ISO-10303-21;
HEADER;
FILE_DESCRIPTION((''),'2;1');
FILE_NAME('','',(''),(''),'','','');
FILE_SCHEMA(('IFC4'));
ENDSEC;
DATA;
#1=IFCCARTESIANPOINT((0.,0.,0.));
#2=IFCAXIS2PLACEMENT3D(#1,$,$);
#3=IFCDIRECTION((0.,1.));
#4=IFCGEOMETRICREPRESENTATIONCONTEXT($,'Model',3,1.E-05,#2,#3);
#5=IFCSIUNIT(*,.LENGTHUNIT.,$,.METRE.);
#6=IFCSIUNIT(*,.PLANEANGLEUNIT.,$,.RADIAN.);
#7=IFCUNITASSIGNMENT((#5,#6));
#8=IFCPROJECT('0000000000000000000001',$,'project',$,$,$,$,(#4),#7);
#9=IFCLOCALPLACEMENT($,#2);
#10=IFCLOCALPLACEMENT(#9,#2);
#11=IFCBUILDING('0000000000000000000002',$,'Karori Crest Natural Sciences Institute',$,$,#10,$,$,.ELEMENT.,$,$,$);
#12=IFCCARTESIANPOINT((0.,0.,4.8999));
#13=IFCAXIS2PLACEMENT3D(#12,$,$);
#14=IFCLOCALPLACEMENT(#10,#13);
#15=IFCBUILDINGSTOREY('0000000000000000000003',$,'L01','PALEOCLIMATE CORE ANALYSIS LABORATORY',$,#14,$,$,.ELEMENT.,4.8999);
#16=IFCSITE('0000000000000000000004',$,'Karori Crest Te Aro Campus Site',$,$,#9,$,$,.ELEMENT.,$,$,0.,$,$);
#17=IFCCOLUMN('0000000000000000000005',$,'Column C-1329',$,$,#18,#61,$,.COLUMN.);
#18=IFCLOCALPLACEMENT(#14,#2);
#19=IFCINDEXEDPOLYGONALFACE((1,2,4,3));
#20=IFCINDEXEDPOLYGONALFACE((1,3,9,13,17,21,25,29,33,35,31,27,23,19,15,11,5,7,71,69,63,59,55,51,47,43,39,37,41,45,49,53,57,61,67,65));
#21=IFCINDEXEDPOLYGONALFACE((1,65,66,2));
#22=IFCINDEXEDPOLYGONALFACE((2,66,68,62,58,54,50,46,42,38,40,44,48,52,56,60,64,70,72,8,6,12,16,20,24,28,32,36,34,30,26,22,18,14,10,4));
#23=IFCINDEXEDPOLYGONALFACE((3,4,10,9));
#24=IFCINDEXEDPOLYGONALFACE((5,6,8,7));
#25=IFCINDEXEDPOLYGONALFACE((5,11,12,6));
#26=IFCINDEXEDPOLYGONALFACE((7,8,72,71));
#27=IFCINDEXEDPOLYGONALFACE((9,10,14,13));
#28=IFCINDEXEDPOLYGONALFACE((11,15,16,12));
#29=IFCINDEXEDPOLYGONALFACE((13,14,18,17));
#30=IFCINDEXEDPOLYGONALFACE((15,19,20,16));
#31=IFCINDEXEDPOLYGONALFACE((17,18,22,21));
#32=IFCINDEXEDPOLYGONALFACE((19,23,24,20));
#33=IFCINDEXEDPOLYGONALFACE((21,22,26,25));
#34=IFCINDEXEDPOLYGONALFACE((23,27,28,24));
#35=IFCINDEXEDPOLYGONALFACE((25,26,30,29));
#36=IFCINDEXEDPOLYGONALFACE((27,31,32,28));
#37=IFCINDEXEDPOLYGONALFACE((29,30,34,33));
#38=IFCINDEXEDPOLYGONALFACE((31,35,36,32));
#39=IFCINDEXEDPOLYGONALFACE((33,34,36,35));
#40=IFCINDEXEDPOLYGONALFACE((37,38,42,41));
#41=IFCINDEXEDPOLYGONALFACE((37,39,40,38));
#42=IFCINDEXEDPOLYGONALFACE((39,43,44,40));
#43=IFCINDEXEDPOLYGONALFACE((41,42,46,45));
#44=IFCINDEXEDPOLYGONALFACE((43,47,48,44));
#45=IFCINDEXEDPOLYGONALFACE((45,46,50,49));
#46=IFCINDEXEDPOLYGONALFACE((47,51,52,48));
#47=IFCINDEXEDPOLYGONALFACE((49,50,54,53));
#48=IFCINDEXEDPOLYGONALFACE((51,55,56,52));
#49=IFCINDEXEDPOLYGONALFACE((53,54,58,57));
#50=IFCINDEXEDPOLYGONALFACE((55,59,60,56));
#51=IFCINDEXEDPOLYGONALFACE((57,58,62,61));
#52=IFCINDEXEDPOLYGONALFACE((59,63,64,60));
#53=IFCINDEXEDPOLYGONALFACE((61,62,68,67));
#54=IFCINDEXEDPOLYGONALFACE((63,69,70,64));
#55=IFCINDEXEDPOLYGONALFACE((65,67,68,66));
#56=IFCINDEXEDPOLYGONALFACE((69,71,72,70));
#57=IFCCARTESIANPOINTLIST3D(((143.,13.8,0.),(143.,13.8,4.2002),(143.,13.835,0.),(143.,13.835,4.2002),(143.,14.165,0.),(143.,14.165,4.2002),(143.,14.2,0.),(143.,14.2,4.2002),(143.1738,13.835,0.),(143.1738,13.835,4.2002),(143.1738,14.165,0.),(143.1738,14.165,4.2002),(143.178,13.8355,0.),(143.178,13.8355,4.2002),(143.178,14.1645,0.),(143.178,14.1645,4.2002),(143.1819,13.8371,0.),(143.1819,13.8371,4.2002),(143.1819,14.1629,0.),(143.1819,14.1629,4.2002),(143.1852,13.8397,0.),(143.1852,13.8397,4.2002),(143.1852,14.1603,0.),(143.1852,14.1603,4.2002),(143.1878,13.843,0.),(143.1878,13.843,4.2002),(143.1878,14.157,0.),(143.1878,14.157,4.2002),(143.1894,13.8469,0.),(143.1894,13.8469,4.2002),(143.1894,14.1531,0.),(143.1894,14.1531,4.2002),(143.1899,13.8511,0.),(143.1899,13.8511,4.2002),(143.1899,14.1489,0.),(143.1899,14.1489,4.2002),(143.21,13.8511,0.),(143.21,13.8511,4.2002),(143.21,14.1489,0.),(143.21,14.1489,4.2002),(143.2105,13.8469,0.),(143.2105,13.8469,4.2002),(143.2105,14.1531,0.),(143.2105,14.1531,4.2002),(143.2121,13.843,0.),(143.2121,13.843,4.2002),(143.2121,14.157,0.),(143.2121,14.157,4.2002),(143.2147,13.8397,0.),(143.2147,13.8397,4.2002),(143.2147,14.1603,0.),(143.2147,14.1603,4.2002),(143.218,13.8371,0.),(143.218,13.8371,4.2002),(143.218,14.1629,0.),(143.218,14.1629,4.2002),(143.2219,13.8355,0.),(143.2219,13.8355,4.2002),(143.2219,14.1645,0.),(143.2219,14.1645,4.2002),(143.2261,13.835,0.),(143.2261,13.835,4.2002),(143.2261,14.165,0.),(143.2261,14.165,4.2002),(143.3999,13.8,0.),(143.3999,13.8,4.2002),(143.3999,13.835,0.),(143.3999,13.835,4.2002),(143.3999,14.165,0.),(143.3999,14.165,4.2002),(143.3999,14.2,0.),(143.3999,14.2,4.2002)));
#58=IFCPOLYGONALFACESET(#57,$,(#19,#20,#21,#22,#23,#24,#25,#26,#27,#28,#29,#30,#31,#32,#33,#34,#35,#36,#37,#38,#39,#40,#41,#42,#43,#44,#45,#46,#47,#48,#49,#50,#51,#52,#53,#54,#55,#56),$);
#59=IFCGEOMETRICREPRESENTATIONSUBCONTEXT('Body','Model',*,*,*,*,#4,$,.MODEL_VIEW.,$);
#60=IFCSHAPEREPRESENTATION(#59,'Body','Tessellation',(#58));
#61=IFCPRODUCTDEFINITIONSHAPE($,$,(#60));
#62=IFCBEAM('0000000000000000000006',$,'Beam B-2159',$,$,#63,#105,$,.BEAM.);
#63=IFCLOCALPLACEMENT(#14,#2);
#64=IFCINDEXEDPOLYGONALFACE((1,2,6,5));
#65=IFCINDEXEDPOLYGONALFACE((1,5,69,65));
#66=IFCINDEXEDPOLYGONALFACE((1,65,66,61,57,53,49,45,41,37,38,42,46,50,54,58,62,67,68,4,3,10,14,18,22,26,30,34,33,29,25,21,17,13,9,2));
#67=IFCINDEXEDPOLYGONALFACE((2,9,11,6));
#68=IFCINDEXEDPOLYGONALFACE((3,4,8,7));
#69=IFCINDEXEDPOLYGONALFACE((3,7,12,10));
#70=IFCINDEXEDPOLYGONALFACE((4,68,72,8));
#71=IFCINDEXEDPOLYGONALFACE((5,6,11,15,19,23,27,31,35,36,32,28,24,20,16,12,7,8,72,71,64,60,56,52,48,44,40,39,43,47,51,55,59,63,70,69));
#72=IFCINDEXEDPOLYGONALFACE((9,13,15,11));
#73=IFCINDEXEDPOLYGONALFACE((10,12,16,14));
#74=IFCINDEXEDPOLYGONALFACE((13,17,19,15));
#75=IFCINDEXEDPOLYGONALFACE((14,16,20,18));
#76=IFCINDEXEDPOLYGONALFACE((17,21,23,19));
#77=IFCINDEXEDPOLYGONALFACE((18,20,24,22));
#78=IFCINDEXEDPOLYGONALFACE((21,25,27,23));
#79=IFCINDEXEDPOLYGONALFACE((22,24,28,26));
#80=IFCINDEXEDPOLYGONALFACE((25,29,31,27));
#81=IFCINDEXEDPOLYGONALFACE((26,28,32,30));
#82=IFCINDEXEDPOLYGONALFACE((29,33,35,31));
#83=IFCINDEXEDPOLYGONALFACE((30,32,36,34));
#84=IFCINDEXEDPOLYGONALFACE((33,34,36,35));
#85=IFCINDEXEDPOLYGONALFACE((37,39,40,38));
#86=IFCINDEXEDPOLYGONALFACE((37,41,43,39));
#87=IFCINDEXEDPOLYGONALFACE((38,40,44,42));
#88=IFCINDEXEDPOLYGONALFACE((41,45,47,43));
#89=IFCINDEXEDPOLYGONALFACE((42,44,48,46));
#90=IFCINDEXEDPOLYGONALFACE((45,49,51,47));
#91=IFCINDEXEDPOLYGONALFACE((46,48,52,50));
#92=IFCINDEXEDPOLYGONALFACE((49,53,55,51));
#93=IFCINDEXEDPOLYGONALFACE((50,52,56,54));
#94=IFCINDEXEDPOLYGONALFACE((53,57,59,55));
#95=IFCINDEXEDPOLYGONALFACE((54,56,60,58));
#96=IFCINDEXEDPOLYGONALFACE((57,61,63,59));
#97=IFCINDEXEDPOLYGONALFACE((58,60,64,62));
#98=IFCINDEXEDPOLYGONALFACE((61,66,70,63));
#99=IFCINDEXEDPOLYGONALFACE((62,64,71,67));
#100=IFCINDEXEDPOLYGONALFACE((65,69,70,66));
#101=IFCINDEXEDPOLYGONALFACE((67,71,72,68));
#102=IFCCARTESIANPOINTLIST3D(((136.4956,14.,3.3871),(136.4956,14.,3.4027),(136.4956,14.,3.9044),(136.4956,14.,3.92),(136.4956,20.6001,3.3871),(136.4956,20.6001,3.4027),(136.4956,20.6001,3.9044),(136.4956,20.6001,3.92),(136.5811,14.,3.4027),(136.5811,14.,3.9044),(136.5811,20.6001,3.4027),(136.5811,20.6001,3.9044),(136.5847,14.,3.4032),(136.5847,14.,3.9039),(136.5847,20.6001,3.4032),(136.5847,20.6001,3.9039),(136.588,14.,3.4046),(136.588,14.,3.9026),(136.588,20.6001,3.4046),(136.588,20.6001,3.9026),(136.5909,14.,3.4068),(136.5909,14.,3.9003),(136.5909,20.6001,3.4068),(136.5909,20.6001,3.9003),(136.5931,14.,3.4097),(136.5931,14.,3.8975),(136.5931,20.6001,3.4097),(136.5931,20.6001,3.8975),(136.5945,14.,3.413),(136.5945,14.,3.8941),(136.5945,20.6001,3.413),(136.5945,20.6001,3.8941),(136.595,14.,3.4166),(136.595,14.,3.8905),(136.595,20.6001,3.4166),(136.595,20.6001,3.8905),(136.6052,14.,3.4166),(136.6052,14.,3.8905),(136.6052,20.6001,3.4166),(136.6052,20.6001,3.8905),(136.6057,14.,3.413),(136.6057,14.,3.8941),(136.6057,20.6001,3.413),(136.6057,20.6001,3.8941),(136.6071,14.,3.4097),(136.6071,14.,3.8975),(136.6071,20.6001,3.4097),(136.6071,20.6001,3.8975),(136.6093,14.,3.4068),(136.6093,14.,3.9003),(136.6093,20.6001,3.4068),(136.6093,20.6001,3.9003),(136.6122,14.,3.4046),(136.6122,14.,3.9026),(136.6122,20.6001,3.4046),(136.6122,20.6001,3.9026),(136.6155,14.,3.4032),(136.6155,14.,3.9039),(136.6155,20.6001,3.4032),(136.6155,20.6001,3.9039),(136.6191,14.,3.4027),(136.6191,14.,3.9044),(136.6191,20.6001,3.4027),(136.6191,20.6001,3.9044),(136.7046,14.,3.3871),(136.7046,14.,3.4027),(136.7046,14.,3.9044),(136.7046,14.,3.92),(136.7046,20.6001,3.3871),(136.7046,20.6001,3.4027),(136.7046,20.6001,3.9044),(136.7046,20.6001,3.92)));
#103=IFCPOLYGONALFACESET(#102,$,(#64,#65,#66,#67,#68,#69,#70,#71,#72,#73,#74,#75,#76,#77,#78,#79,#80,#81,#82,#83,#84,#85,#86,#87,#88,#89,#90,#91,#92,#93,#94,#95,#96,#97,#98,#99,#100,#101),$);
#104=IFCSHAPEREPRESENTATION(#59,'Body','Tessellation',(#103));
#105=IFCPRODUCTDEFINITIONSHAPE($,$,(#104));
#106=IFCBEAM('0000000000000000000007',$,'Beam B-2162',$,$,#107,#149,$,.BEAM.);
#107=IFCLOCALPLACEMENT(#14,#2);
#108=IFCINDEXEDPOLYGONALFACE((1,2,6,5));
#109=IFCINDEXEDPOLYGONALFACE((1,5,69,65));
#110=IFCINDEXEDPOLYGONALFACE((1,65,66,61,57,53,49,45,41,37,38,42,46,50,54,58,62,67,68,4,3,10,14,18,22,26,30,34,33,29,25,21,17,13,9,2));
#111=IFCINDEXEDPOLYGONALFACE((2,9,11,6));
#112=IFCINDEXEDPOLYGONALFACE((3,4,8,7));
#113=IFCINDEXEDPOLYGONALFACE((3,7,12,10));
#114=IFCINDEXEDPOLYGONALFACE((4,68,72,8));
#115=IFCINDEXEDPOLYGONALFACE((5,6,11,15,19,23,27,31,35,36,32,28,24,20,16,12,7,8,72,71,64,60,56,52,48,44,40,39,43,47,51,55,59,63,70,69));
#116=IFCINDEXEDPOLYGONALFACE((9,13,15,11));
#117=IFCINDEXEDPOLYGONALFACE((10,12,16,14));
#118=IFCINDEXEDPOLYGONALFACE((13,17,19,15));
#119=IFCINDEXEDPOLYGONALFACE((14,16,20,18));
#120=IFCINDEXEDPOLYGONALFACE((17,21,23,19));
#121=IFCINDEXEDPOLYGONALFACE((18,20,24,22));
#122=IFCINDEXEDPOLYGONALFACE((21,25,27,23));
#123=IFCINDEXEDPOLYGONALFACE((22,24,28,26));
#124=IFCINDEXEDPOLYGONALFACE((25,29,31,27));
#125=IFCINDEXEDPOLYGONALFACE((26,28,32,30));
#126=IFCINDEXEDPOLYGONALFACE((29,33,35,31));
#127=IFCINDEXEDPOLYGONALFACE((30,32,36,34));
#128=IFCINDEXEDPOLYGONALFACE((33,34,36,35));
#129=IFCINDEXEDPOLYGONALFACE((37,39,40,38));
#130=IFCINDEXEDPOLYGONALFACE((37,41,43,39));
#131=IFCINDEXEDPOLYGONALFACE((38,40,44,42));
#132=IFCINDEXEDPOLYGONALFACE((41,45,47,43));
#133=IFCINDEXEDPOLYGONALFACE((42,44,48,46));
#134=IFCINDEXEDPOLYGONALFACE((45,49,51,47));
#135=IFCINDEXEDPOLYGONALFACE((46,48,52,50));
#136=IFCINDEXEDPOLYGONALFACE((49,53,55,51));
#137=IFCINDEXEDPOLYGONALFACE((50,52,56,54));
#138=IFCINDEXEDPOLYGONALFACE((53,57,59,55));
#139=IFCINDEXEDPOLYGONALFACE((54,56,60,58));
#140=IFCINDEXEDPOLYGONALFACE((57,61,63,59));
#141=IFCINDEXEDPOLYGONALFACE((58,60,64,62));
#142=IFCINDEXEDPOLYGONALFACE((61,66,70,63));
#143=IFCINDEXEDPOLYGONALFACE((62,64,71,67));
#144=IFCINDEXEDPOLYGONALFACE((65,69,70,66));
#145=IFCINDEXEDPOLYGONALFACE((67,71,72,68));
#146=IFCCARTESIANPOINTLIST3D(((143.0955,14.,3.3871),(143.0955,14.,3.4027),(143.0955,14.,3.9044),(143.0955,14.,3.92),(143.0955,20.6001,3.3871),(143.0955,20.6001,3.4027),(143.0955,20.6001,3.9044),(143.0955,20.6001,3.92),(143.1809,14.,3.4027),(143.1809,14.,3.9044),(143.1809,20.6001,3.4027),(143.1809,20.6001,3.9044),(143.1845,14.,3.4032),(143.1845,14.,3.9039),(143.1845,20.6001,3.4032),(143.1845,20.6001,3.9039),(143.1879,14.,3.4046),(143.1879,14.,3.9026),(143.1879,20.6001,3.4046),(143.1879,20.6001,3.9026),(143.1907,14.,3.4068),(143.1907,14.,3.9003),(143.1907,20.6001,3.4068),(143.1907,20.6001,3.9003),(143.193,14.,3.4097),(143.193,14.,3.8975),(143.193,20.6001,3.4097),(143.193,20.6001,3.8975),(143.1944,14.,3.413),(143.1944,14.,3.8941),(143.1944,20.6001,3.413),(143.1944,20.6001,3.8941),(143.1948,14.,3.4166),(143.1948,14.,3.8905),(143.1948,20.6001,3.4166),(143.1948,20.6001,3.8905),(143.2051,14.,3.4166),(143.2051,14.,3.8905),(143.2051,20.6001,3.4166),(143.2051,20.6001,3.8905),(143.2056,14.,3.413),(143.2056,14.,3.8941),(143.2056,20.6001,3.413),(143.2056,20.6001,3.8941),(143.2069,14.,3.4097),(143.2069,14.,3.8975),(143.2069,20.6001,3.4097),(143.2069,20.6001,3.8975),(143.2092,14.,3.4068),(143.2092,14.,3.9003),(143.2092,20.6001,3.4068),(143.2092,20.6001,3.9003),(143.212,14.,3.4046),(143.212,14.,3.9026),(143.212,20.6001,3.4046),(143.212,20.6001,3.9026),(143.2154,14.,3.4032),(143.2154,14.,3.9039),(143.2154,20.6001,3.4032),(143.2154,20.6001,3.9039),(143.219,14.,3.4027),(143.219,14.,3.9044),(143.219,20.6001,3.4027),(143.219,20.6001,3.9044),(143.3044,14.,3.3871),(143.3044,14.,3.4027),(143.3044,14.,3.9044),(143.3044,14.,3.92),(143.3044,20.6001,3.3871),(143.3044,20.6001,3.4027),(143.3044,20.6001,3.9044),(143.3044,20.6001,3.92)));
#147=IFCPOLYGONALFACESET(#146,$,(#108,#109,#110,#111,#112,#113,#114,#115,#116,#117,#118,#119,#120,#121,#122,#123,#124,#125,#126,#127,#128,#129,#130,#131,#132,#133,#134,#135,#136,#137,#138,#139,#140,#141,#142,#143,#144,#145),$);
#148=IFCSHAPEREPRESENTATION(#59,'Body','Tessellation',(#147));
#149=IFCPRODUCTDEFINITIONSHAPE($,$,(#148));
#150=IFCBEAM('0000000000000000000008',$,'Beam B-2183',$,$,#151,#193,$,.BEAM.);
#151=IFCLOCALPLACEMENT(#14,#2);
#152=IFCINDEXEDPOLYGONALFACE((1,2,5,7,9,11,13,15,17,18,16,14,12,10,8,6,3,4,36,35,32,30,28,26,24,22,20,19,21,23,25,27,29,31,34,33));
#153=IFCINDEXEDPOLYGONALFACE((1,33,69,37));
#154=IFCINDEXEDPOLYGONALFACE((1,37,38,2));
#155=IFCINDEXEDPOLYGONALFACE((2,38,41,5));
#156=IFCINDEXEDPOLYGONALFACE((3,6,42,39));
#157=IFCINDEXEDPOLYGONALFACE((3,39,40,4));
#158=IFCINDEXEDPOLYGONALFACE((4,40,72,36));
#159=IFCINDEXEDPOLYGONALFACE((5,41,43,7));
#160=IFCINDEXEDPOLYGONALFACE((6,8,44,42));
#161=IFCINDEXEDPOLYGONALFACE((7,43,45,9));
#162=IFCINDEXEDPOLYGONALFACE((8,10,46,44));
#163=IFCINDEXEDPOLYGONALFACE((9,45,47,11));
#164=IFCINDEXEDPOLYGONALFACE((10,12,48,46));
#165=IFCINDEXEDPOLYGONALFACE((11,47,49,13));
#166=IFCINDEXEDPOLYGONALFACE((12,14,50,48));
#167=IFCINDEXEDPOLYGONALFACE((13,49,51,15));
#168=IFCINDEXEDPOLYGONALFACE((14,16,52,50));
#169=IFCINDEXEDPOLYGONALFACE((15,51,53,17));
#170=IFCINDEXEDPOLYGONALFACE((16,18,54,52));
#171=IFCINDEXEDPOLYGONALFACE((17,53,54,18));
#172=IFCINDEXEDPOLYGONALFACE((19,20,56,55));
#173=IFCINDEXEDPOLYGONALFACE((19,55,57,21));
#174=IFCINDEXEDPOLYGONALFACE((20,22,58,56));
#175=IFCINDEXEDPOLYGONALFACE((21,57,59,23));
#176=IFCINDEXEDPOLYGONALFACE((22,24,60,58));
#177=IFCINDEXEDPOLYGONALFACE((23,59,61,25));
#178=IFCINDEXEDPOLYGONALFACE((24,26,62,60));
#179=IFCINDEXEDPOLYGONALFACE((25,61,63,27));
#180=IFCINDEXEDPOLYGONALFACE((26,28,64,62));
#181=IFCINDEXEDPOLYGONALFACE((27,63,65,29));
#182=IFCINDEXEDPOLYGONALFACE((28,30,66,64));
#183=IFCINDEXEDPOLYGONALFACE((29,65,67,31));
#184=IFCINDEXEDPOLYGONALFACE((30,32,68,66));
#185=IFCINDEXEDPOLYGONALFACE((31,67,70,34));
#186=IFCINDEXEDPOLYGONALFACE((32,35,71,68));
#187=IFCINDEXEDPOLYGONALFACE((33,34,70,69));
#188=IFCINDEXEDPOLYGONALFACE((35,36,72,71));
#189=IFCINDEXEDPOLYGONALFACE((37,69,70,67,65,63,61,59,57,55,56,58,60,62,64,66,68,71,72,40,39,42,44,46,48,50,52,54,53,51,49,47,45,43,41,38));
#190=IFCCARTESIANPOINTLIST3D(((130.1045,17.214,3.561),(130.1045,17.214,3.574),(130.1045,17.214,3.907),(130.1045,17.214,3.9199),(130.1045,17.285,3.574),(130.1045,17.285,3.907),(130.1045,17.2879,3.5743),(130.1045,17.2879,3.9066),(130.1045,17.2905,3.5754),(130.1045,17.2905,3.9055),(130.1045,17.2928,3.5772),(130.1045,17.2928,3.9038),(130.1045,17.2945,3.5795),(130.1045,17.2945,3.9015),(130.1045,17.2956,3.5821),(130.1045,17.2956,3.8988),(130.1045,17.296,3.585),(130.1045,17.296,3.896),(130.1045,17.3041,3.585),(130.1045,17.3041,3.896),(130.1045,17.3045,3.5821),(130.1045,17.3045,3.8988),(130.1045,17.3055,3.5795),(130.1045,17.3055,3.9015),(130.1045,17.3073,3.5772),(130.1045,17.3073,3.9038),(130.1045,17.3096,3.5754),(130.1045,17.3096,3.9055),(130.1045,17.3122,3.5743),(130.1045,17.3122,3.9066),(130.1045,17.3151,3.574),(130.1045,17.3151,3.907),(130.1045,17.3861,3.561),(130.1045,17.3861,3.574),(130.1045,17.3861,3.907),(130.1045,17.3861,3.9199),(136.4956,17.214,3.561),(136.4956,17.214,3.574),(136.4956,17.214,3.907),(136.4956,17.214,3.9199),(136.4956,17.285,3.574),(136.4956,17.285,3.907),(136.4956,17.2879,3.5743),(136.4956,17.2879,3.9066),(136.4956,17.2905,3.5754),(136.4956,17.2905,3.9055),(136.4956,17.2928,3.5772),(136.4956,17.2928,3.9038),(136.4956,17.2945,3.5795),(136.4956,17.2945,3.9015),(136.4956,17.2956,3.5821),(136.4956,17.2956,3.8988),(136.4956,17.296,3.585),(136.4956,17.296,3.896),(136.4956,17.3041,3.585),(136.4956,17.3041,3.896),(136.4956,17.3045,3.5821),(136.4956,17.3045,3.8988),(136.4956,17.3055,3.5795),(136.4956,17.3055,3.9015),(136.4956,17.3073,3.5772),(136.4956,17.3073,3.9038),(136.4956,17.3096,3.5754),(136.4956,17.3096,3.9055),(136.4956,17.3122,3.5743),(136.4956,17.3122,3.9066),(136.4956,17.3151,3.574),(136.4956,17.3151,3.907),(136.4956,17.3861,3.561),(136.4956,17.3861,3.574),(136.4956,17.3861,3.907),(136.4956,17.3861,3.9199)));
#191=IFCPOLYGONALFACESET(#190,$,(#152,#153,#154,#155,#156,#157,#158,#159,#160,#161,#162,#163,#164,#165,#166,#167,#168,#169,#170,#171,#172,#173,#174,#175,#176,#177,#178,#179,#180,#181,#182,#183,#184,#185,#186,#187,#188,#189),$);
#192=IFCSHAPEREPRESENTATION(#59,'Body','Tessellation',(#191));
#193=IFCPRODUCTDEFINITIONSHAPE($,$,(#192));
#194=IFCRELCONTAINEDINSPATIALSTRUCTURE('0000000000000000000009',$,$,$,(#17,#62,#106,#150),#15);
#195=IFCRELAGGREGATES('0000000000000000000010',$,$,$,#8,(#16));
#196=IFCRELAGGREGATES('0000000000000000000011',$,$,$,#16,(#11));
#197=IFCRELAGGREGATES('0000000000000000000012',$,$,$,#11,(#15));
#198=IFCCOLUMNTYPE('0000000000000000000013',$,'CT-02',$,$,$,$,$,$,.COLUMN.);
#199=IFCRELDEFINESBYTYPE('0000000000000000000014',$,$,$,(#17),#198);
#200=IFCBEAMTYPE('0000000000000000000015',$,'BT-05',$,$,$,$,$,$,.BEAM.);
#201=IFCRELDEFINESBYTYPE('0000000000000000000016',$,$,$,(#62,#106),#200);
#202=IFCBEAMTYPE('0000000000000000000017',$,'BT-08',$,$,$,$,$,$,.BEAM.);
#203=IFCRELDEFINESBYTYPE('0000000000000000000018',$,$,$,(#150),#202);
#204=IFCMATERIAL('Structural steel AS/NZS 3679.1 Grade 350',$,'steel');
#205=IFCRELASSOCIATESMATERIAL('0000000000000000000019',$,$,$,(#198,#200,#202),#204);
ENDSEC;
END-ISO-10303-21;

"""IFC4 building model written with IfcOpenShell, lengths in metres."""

from ifc_helpers import new_model, si_unit, direction, frame, origin, origin_2d, place, context, subcontext, project, spatial, i_section, extrude, material, material_profile, profile_set, type_object, element, save


model = new_model("IFC4")

# Units and contexts
model_context = context("Model", 3, precision=1e-05, world=origin(), true_north=direction((0.0, 1.0)))
body_context = subcontext(model_context, "Body", "Model", "MODEL_VIEW")
ifc_project = project(units=[si_unit("LENGTHUNIT", "METRE"), si_unit("PLANEANGLEUNIT", "RADIAN")], contexts=[model_context])

# Site, building, storey
site_placement = place(None, origin())
site = spatial("IfcSite", under=ifc_project, at=site_placement, Name="Karori Crest Te Aro Campus Site", CompositionType="ELEMENT", RefElevation=0.0)
building_placement = place(site_placement, origin())
building = spatial("IfcBuilding", under=site, at=building_placement, Name="Karori Crest Natural Sciences Institute", CompositionType="ELEMENT")
storey_placement = place(building_placement, frame((0.0, 0.0, 4.8999)))
storey = spatial("IfcBuildingStorey", under=building, at=storey_placement, Name="L01", Description="PALEOCLIMATE CORE ANALYSIS LABORATORY", CompositionType="ELEMENT", Elevation=4.8999)

# Column
ifc_material_1 = material(Name="Structural steel AS/NZS 3679.1 Grade 350", Category="steel")
ifc_material_profile_1 = material_profile(ifc_material_1, i_section(OverallWidth=0.3999, OverallDepth=0.3999, WebThickness=0.02, FlangeThickness=0.0349, FilletRadius=0.0161, at=origin_2d()), Name="400WC328")
ifc_profile_set_1 = profile_set([ifc_material_profile_1], Name="Structural steel AS/NZS 3679.1 Grade 350")
column_type = type_object("IfcColumnType", Name="CT-02", PredefinedType="COLUMN", material=ifc_profile_set_1)
column_placement = place(storey_placement, frame((143.2, 14.0, 0.0), z_axis=(0.0, 0.0, 1.0), x_axis=(1.0, 0.0, 0.0)))
element("IfcColumn", 1, at=column_placement, inside=storey, type_object=column_type, Name="Column C-1329", PredefinedType="COLUMN", context=body_context, shape_type="SweptSolid", body=[
    extrude(i_section(OverallWidth=0.3999, OverallDepth=0.3999, WebThickness=0.02, FlangeThickness=0.0349, FilletRadius=0.0161, at=origin_2d()), origin(), (0.0, 0.0, 1.0), 4.2002),
])

# Beams
ifc_material_profile_2 = material_profile(ifc_material_1, i_section(OverallWidth=0.209, OverallDepth=0.533, WebThickness=0.0103, FlangeThickness=0.0156, FilletRadius=0.0139, at=origin_2d()), Name="530UB92.4")
ifc_profile_set_2 = profile_set([ifc_material_profile_2], Name="Structural steel AS/NZS 3679.1 Grade 350")
beam_type_1 = type_object("IfcBeamType", Name="BT-05", PredefinedType="BEAM", material=ifc_profile_set_2)
for number, where, z_axis, x_axis, name in (
    (2, (136.6001, 14.0, 3.6536), (0.0, 1.0, 0.0), (-1.0, 0.0, 0.0), "Beam B-2159"),
    (3, (143.2, 14.0, 3.6536), (0.0, 1.0, 0.0), (-1.0, 0.0, 0.0), "Beam B-2162"),
):
    element("IfcBeam", number, at=place(storey_placement, frame(where, z_axis=z_axis, x_axis=x_axis)), inside=storey, type_object=beam_type_1, Name=name, PredefinedType="BEAM", context=body_context, shape_type="SweptSolid", body=[
        extrude(i_section(OverallWidth=0.209, OverallDepth=0.533, WebThickness=0.0103, FlangeThickness=0.0156, FilletRadius=0.0139, at=origin_2d()), origin(), (0.0, 0.0, 1.0), 6.6001),
    ])
ifc_material_profile_3 = material_profile(ifc_material_1, i_section(OverallWidth=0.1721, OverallDepth=0.3589, WebThickness=0.0081, FlangeThickness=0.0129, FilletRadius=0.011, at=origin_2d()), Name="360UB56.7")
ifc_profile_set_3 = profile_set([ifc_material_profile_3], Name="Structural steel AS/NZS 3679.1 Grade 350")
beam_type_2 = type_object("IfcBeamType", Name="BT-08", PredefinedType="BEAM", material=ifc_profile_set_3)
beam_1_placement = place(storey_placement, frame((130.1045, 17.3, 3.7405), z_axis=(1.0, 0.0, 0.0), x_axis=(0.0, 1.0, 0.0)))
element("IfcBeam", 4, at=beam_1_placement, inside=storey, type_object=beam_type_2, Name="Beam B-2183", PredefinedType="BEAM", context=body_context, shape_type="SweptSolid", body=[
    extrude(i_section(OverallWidth=0.1721, OverallDepth=0.3589, WebThickness=0.0081, FlangeThickness=0.0129, FilletRadius=0.011, at=origin_2d()), origin(), (0.0, 0.0, 1.0), 6.3911),
])

save(model, "model.ifc")
